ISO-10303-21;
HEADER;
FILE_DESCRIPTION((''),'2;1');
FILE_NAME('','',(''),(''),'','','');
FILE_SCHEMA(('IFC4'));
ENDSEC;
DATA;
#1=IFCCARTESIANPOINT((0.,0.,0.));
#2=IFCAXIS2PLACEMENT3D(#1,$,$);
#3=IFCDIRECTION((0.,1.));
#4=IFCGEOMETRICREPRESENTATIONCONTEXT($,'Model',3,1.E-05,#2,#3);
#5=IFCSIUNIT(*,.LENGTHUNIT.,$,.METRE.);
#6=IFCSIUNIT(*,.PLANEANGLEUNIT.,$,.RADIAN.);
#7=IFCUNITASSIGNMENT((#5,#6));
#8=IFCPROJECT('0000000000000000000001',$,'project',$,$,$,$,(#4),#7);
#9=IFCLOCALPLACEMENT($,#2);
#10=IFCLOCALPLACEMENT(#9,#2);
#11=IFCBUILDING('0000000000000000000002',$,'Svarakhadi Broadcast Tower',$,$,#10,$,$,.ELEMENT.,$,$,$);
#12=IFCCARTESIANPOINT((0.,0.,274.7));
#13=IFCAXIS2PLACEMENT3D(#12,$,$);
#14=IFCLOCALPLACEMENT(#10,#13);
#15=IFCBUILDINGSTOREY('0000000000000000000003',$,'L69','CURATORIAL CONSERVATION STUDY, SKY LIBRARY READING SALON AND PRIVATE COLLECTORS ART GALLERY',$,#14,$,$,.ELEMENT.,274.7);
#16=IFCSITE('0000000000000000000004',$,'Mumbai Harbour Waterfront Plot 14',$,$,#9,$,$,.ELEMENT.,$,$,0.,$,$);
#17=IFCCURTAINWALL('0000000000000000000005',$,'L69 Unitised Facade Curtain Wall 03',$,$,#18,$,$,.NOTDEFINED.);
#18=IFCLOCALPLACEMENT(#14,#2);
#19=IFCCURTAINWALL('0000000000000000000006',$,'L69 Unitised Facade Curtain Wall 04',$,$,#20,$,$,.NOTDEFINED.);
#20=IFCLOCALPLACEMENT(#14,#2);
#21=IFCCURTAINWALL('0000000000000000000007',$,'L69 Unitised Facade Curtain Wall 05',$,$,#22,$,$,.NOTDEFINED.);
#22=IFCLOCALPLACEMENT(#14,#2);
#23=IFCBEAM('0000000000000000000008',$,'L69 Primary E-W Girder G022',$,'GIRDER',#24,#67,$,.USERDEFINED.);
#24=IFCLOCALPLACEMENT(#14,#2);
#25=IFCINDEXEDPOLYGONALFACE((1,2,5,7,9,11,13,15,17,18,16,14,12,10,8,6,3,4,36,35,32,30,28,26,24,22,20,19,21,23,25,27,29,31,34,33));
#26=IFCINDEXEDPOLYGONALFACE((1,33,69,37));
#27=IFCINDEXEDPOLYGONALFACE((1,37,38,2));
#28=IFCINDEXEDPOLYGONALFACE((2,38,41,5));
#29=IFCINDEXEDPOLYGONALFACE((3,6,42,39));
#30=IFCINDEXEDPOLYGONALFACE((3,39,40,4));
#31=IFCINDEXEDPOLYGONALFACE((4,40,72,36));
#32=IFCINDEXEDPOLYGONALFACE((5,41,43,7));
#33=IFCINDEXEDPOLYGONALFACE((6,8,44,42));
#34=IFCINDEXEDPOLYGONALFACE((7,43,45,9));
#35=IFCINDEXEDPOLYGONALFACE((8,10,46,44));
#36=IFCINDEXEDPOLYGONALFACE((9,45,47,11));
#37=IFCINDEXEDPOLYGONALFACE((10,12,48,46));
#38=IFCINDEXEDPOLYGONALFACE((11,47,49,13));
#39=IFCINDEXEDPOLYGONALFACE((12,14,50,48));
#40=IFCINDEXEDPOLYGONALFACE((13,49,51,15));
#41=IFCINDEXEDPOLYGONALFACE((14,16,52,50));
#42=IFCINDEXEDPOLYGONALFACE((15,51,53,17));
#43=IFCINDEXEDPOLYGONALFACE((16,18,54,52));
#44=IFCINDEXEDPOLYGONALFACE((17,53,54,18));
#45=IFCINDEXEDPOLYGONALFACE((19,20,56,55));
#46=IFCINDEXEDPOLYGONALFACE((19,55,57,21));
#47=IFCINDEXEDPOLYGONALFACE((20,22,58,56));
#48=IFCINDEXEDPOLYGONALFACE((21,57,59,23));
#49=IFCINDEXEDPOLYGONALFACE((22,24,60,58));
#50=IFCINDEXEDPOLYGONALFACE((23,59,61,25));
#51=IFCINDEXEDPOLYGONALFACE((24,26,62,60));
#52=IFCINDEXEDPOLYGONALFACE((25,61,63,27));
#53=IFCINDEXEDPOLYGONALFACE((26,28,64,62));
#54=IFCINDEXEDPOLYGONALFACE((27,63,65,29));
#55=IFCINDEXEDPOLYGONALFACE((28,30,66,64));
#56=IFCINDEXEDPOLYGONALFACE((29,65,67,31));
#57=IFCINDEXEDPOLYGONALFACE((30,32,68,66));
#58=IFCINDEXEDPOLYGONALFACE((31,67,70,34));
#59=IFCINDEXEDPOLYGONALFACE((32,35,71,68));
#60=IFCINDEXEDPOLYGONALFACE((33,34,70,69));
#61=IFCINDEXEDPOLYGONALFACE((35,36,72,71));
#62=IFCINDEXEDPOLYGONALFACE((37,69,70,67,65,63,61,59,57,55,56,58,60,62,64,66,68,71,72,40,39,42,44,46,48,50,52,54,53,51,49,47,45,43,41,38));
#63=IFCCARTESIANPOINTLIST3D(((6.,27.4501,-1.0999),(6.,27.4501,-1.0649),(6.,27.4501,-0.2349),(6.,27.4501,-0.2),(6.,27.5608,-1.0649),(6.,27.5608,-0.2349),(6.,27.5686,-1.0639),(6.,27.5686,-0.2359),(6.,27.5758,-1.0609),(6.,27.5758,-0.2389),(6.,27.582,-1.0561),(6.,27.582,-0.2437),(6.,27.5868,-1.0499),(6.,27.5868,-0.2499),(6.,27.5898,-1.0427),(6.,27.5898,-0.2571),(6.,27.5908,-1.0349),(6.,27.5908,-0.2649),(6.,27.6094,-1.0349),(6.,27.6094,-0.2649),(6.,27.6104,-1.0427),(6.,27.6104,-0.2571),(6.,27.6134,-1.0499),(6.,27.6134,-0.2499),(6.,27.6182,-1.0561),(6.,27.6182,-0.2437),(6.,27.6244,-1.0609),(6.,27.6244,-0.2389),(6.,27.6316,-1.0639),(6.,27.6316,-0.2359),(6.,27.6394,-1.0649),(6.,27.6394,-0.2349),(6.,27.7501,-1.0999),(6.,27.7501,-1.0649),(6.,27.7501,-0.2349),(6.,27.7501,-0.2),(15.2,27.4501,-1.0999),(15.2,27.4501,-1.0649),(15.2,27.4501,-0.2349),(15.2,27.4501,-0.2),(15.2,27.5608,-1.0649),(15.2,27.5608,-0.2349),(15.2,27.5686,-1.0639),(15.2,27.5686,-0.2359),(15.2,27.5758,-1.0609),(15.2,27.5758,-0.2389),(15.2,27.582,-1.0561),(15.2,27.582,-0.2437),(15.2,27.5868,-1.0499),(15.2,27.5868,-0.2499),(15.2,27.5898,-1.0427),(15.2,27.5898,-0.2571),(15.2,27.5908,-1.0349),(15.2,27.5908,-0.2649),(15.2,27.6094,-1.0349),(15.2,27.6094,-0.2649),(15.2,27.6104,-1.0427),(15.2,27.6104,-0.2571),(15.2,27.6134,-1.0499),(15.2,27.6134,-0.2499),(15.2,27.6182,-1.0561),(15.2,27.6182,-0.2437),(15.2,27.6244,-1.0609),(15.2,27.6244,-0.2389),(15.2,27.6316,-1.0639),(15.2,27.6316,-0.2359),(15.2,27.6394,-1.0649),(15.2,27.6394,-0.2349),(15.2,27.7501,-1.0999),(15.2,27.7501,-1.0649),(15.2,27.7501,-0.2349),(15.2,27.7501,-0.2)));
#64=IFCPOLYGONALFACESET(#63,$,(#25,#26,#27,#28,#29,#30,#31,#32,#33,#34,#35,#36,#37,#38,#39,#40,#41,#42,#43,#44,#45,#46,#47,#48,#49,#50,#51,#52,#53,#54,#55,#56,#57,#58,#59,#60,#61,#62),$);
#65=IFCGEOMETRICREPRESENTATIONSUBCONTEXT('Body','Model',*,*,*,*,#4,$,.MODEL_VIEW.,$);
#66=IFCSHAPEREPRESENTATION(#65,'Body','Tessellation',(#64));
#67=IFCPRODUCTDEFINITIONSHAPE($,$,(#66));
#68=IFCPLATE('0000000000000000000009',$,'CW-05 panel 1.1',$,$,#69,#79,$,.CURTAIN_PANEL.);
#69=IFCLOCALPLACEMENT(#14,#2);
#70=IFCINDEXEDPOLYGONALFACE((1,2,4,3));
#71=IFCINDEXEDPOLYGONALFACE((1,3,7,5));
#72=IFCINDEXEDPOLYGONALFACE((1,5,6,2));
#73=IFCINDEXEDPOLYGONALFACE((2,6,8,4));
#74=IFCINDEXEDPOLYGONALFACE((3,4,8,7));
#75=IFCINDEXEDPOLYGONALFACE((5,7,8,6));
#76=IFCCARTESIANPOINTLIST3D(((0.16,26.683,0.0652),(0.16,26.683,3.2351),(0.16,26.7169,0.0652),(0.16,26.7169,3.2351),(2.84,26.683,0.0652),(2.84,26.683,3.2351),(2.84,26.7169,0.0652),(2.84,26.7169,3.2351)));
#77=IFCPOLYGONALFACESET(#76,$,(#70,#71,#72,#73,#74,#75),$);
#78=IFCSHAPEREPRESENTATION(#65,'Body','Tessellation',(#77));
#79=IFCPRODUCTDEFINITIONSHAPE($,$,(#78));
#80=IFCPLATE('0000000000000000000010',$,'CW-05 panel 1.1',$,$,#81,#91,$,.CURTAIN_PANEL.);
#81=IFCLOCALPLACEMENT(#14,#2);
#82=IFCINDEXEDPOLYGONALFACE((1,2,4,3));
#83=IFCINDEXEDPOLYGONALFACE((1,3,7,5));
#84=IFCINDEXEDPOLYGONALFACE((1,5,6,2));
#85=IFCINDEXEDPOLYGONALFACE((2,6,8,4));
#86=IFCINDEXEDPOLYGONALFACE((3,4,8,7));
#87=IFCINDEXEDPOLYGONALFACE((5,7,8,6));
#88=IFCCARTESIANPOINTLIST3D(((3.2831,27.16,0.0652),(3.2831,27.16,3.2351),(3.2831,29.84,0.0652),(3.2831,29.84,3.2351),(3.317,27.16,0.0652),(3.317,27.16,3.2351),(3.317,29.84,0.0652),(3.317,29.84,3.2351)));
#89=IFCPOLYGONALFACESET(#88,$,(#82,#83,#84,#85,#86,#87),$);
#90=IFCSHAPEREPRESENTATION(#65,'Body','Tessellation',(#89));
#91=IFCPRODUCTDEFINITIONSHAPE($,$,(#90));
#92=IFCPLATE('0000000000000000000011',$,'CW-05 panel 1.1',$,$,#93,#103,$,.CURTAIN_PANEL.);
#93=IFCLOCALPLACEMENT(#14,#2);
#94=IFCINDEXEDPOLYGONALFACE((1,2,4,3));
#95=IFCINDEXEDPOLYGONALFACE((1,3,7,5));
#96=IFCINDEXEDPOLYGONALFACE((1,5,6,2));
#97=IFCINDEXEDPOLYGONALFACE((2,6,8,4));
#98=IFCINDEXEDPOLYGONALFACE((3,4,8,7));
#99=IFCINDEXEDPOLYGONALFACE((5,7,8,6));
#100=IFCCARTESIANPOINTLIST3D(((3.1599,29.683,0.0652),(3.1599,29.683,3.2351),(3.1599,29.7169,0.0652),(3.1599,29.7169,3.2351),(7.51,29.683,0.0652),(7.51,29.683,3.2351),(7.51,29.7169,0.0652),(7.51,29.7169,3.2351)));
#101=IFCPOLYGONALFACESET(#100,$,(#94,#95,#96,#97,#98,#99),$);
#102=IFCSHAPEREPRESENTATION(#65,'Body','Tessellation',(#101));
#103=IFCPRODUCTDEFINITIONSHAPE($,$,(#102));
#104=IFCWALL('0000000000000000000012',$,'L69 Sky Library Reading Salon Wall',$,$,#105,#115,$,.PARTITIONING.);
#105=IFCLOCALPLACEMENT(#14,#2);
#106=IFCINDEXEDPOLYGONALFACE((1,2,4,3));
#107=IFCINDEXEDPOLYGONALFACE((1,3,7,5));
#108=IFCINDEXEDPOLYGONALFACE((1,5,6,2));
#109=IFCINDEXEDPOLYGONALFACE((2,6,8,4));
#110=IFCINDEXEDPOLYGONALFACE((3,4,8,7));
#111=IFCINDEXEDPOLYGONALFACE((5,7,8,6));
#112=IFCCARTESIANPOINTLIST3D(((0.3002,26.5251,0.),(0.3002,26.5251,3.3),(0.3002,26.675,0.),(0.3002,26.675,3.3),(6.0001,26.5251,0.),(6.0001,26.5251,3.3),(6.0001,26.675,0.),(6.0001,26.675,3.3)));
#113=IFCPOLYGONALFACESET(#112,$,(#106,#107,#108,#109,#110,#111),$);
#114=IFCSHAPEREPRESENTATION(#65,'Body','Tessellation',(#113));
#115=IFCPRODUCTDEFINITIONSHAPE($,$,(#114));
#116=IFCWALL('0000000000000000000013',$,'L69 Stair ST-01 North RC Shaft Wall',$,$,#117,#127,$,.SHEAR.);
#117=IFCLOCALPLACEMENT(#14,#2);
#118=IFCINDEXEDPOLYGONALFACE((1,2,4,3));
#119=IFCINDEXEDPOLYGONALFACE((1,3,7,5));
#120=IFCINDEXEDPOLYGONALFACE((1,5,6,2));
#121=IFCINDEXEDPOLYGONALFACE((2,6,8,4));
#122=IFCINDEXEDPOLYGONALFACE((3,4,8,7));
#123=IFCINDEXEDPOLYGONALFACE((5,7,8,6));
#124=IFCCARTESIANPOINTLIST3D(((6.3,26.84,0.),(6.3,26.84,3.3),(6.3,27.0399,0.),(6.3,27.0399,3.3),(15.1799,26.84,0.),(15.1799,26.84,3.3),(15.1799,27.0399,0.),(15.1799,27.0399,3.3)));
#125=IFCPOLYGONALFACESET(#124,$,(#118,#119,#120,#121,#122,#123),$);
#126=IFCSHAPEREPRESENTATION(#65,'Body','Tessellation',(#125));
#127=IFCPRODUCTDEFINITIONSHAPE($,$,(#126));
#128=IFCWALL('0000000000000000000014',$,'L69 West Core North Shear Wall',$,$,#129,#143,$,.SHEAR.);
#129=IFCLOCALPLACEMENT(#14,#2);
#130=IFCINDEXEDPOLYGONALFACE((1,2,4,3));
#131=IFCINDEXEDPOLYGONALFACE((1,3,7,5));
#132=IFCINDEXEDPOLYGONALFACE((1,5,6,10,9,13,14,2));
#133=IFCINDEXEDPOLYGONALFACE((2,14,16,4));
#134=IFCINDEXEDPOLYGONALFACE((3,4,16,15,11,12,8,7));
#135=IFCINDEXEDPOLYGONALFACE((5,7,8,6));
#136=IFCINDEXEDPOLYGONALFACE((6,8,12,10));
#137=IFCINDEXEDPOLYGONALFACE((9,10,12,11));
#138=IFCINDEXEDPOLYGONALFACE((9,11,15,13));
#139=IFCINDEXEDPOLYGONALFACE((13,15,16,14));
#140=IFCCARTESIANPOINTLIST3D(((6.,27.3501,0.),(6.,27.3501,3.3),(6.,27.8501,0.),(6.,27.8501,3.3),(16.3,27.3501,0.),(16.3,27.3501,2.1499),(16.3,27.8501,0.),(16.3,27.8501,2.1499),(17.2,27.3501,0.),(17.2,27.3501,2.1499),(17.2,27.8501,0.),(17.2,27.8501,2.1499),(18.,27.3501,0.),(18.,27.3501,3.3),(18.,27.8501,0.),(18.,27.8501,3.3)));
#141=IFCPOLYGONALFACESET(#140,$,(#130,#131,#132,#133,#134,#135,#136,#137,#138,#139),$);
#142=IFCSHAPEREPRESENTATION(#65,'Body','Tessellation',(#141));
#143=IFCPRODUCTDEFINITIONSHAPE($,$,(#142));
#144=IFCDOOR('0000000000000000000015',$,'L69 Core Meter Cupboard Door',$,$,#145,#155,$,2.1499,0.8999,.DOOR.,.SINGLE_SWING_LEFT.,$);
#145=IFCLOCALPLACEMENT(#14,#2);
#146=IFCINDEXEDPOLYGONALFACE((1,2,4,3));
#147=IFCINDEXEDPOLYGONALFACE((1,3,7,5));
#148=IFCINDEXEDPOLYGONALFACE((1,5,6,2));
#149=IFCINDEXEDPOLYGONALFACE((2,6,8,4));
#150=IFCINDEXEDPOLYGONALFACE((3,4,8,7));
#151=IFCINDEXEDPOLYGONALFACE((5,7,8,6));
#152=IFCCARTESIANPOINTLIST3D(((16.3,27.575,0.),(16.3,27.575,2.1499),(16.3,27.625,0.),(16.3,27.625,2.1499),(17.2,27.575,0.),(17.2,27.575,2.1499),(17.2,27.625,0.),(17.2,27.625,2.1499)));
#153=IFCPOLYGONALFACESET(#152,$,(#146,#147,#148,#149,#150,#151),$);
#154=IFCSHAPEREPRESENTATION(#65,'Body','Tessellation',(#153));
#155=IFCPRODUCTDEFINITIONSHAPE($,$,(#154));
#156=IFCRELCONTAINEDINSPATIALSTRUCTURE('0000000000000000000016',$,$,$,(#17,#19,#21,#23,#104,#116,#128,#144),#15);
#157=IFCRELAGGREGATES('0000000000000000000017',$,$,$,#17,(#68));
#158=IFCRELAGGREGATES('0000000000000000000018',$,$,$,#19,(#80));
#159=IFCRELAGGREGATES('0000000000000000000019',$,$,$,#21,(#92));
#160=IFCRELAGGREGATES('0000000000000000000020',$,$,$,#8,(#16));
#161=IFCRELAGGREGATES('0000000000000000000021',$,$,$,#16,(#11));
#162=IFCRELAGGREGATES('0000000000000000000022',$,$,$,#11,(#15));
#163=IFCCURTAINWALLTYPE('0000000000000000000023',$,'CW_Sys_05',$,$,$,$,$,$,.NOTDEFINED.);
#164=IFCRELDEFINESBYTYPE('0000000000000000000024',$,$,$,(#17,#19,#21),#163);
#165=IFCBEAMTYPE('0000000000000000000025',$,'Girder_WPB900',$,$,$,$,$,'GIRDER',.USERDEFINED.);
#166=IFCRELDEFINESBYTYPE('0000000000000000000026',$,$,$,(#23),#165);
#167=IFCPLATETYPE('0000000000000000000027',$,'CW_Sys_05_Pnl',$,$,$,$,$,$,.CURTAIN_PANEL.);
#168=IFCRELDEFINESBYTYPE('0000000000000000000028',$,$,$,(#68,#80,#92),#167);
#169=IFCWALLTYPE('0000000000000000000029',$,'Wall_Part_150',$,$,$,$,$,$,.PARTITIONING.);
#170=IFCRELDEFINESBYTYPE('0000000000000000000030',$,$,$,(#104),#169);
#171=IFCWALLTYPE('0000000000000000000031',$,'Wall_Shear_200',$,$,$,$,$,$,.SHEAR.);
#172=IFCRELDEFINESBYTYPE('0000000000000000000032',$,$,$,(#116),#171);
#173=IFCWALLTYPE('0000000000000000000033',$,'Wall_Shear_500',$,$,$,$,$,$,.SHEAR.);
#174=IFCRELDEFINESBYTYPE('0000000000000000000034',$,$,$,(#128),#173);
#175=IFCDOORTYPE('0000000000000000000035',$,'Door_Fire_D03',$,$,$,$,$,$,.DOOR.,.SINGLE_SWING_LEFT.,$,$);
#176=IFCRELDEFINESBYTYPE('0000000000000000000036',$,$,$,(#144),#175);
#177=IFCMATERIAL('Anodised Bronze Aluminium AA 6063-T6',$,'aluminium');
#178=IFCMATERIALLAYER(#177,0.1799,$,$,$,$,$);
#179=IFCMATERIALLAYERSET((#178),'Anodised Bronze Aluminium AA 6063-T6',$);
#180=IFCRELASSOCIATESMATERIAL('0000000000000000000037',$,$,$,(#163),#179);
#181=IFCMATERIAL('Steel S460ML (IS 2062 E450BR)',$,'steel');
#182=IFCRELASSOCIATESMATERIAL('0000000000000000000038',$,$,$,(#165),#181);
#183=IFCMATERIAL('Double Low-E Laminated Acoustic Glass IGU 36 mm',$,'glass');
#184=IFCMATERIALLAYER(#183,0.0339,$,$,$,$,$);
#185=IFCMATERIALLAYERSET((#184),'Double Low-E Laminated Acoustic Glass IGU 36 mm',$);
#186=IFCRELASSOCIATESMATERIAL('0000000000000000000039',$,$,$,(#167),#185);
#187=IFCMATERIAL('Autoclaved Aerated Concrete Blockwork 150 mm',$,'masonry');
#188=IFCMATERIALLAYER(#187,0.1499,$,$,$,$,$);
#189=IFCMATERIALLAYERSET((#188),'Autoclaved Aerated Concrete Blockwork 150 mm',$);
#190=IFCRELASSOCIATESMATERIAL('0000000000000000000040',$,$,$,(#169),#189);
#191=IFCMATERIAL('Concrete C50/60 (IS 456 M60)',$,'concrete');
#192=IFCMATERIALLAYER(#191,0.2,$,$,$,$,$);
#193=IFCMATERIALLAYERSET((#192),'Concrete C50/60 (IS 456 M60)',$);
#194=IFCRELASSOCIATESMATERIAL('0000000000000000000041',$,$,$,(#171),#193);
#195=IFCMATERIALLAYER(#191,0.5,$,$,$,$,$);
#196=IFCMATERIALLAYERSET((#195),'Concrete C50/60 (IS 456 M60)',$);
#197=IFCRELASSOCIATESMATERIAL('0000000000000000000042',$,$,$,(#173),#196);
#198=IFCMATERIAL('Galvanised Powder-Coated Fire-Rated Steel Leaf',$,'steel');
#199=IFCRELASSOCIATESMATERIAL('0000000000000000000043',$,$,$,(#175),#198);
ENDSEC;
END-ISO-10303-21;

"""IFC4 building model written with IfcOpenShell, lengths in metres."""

from ifc_helpers import new_model, si_unit, direction, frame, frame_2d, origin, origin_2d, place, context, subcontext, project, spatial, rectangle, i_section, extrude, material, layer, layer_set, material_profile, profile_set, type_object, element, fill, aggregate, save


model = new_model("IFC4")

# Units and contexts
model_context = context("Model", 3, precision=1e-05, world=origin(), true_north=direction((0.0, 1.0)))
body_context = subcontext(model_context, "Body", "Model", "MODEL_VIEW")
ifc_project = project(units=[si_unit("LENGTHUNIT", "METRE"), si_unit("PLANEANGLEUNIT", "RADIAN")], contexts=[model_context])

# Site, building, storey
site_placement = place(None, origin())
site = spatial("IfcSite", under=ifc_project, at=site_placement, Name="Mumbai Harbour Waterfront Plot 14", CompositionType="ELEMENT", RefElevation=0.0)
building_placement = place(site_placement, origin())
building = spatial("IfcBuilding", under=site, at=building_placement, Name="Svarakhadi Broadcast Tower", CompositionType="ELEMENT")
storey_placement = place(building_placement, frame((0.0, 0.0, 274.7)))
storey = spatial("IfcBuildingStorey", under=building, at=storey_placement, Name="L69", Description="CURATORIAL CONSERVATION STUDY, SKY LIBRARY READING SALON AND PRIVATE COLLECTORS ART GALLERY", CompositionType="ELEMENT", Elevation=274.7)

# Shared definitions
ifc_material_1 = material(Name="Concrete C50/60 (IS 456 M60)", Category="concrete")
ifc_material_2 = material(Name="Steel S460ML (IS 2062 E450BR)", Category="steel")

# Curtain walls
ifc_material_3 = material(Name="Anodised Bronze Aluminium AA 6063-T6", Category="aluminium")
ifc_layer_1 = layer(ifc_material_3, 0.1799)
ifc_layer_set_1 = layer_set([ifc_layer_1], Name="Anodised Bronze Aluminium AA 6063-T6")
curtain_wall_type = type_object("IfcCurtainWallType", Name="CW_Sys_05", PredefinedType="NOTDEFINED", material=ifc_layer_set_1)
curtain_wall_1_placement = place(storey_placement, origin())
curtain_wall_1 = element("IfcCurtainWall", 1, at=curtain_wall_1_placement, inside=storey, type_object=curtain_wall_type, Name="L69 Unitised Facade Curtain Wall 03", PredefinedType="NOTDEFINED")
curtain_wall_2_placement = place(storey_placement, origin())
curtain_wall_2 = element("IfcCurtainWall", 2, at=curtain_wall_2_placement, inside=storey, type_object=curtain_wall_type, Name="L69 Unitised Facade Curtain Wall 04", PredefinedType="NOTDEFINED")
curtain_wall_3_placement = place(storey_placement, origin())
curtain_wall_3 = element("IfcCurtainWall", 3, at=curtain_wall_3_placement, inside=storey, type_object=curtain_wall_type, Name="L69 Unitised Facade Curtain Wall 05", PredefinedType="NOTDEFINED")

# Beam
ifc_material_profile_1 = material_profile(ifc_material_2, i_section(OverallWidth=0.3, OverallDepth=0.8999, WebThickness=0.0186, FlangeThickness=0.0349, FilletRadius=0.03, at=origin_2d()), Name="WPB 900x300x291")
ifc_profile_set_1 = profile_set([ifc_material_profile_1], Name="Steel S460ML (IS 2062 E450BR)")
beam_type_1 = type_object("IfcBeamType", Name="Girder_WPB900", ElementType="GIRDER", PredefinedType="USERDEFINED", material=ifc_profile_set_1)
beam_1_placement = place(storey_placement, frame((6.0, 27.6001, -0.6499), z_axis=(1.0, 0.0, 0.0), x_axis=(0.0, 1.0, 0.0)))
element("IfcBeam", 4, at=beam_1_placement, inside=storey, type_object=beam_type_1, Name="L69 Primary E-W Girder G022", ObjectType="GIRDER", PredefinedType="USERDEFINED", context=body_context, shape_type="SweptSolid", body=[
    extrude(i_section(OverallWidth=0.3, OverallDepth=0.8999, WebThickness=0.0186, FlangeThickness=0.0349, FilletRadius=0.03, at=origin_2d()), origin(), (0.0, 0.0, 1.0), 9.2),
])

# Plates
ifc_material_4 = material(Name="Double Low-E Laminated Acoustic Glass IGU 36 mm", Category="glass")
ifc_layer_2 = layer(ifc_material_4, 0.0339)
ifc_layer_set_2 = layer_set([ifc_layer_2], Name="Double Low-E Laminated Acoustic Glass IGU 36 mm")
plate_type = type_object("IfcPlateType", Name="CW_Sys_05_Pnl", PredefinedType="CURTAIN_PANEL", material=ifc_layer_set_2)
plate_1_placement = place(storey_placement, frame((1.5, 26.7, 0.0652), z_axis=(0.0, 0.0, 1.0), x_axis=(1.0, 0.0, 0.0)))
plate_1 = element("IfcPlate", 5, at=plate_1_placement, type_object=plate_type, Name="CW-05 panel 1.1", PredefinedType="CURTAIN_PANEL", context=body_context, shape_type="SweptSolid", body=[
    extrude(rectangle(XDim=2.6799, YDim=0.0339, at=origin_2d()), origin(), (0.0, 0.0, 1.0), 3.1699),
])
aggregate(curtain_wall_1, [plate_1])
plate_2_placement = place(storey_placement, frame((3.3, 28.5, 0.0652), z_axis=(0.0, 0.0, 1.0), x_axis=(0.0, 1.0, 0.0)))
plate_2 = element("IfcPlate", 6, at=plate_2_placement, type_object=plate_type, Name="CW-05 panel 1.1", PredefinedType="CURTAIN_PANEL", context=body_context, shape_type="SweptSolid", body=[
    extrude(rectangle(XDim=2.6799, YDim=0.0339, at=origin_2d()), origin(), (0.0, 0.0, 1.0), 3.1699),
])
aggregate(curtain_wall_2, [plate_2])
plate_3_placement = place(storey_placement, frame((5.335, 29.7, 0.0652), z_axis=(0.0, 0.0, 1.0), x_axis=(1.0, 0.0, 0.0)))
plate_3 = element("IfcPlate", 7, at=plate_3_placement, type_object=plate_type, Name="CW-05 panel 1.1", PredefinedType="CURTAIN_PANEL", context=body_context, shape_type="SweptSolid", body=[
    extrude(rectangle(XDim=4.3501, YDim=0.0339, at=origin_2d()), origin(), (0.0, 0.0, 1.0), 3.1699),
])
aggregate(curtain_wall_3, [plate_3])

# Walls
ifc_material_5 = material(Name="Autoclaved Aerated Concrete Blockwork 150 mm", Category="masonry")
ifc_layer_3 = layer(ifc_material_5, 0.1499)
ifc_layer_set_3 = layer_set([ifc_layer_3], Name="Autoclaved Aerated Concrete Blockwork 150 mm")
wall_type_1 = type_object("IfcWallType", Name="Wall_Part_150", PredefinedType="PARTITIONING", material=ifc_layer_set_3)
wall_1_placement = place(storey_placement, frame((0.3, 26.6001, 0.0), z_axis=(0.0, 0.0, 1.0), x_axis=(1.0, 0.0, 0.0)))
element("IfcWall", 8, at=wall_1_placement, inside=storey, type_object=wall_type_1, Name="L69 Sky Library Reading Salon Wall", PredefinedType="PARTITIONING", context=body_context, shape_type="SweptSolid", body=[
    extrude(rectangle(XDim=5.7, YDim=0.1499, at=frame_2d((2.8501, 0.0))), origin(), (0.0, 0.0, 1.0), 3.3),
])
ifc_layer_4 = layer(ifc_material_1, 0.2)
ifc_layer_set_4 = layer_set([ifc_layer_4], Name="Concrete C50/60 (IS 456 M60)")
wall_type_2 = type_object("IfcWallType", Name="Wall_Shear_200", PredefinedType="SHEAR", material=ifc_layer_set_4)
wall_2_placement = place(storey_placement, frame((6.3, 26.9399, 0.0), z_axis=(0.0, 0.0, 1.0), x_axis=(1.0, 0.0, 0.0)))
element("IfcWall", 9, at=wall_2_placement, inside=storey, type_object=wall_type_2, Name="L69 Stair ST-01 North RC Shaft Wall", PredefinedType="SHEAR", context=body_context, shape_type="SweptSolid", body=[
    extrude(rectangle(XDim=8.8799, YDim=0.2, at=frame_2d((4.4399, 0.0))), origin(), (0.0, 0.0, 1.0), 3.3),
])

# Wall, opening, door
ifc_layer_5 = layer(ifc_material_1, 0.5)
ifc_layer_set_5 = layer_set([ifc_layer_5], Name="Concrete C50/60 (IS 456 M60)")
wall_type_3 = type_object("IfcWallType", Name="Wall_Shear_500", PredefinedType="SHEAR", material=ifc_layer_set_5)
wall_3_placement = place(storey_placement, frame((6.0, 27.6001, 0.0), z_axis=(0.0, 0.0, 1.0), x_axis=(1.0, 0.0, 0.0)))
wall_3 = element("IfcWall", 10, at=wall_3_placement, inside=storey, type_object=wall_type_3, Name="L69 West Core North Shear Wall", PredefinedType="SHEAR", context=body_context, shape_type="SweptSolid", body=[
    extrude(rectangle(XDim=12.0, YDim=0.5, at=frame_2d((6.0, 0.0))), origin(), (0.0, 0.0, 1.0), 3.3),
])
opening_placement = place(wall_3_placement, frame((10.3, 0.0, 0.0)))
opening = element("IfcOpeningElement", 11, at=opening_placement, cuts=wall_3, PredefinedType="OPENING", context=body_context, shape_type="SweptSolid", body=[
    extrude(rectangle(XDim=0.8999, YDim=2.1499, at=frame_2d((0.45, 1.075))), frame((0.0, 0.26, 0.0), z_axis=(0.0, -1.0, 0.0), x_axis=(1.0, 0.0, 0.0)), (0.0, 0.0, 1.0), 0.52),
])
ifc_material_6 = material(Name="Galvanised Powder-Coated Fire-Rated Steel Leaf", Category="steel")
door_type = type_object("IfcDoorType", Name="Door_Fire_D03", OperationType="SINGLE_SWING_LEFT", PredefinedType="DOOR", material=ifc_material_6)
door_placement = place(opening_placement, origin())
door = element("IfcDoor", 12, at=door_placement, inside=storey, type_object=door_type, Name="L69 Core Meter Cupboard Door", OperationType="SINGLE_SWING_LEFT", OverallHeight=2.1499, OverallWidth=0.8999, PredefinedType="DOOR", context=body_context, shape_type="SweptSolid", body=[
    extrude(rectangle(XDim=0.8999, YDim=2.1499, at=frame_2d((0.45, 1.075))), frame((0.0, 0.0249, 0.0), z_axis=(0.0, -1.0, 0.0), x_axis=(1.0, 0.0, 0.0)), (0.0, 0.0, 1.0), 0.05),
])
fill(opening, door)

save(model, "model.ifc")
